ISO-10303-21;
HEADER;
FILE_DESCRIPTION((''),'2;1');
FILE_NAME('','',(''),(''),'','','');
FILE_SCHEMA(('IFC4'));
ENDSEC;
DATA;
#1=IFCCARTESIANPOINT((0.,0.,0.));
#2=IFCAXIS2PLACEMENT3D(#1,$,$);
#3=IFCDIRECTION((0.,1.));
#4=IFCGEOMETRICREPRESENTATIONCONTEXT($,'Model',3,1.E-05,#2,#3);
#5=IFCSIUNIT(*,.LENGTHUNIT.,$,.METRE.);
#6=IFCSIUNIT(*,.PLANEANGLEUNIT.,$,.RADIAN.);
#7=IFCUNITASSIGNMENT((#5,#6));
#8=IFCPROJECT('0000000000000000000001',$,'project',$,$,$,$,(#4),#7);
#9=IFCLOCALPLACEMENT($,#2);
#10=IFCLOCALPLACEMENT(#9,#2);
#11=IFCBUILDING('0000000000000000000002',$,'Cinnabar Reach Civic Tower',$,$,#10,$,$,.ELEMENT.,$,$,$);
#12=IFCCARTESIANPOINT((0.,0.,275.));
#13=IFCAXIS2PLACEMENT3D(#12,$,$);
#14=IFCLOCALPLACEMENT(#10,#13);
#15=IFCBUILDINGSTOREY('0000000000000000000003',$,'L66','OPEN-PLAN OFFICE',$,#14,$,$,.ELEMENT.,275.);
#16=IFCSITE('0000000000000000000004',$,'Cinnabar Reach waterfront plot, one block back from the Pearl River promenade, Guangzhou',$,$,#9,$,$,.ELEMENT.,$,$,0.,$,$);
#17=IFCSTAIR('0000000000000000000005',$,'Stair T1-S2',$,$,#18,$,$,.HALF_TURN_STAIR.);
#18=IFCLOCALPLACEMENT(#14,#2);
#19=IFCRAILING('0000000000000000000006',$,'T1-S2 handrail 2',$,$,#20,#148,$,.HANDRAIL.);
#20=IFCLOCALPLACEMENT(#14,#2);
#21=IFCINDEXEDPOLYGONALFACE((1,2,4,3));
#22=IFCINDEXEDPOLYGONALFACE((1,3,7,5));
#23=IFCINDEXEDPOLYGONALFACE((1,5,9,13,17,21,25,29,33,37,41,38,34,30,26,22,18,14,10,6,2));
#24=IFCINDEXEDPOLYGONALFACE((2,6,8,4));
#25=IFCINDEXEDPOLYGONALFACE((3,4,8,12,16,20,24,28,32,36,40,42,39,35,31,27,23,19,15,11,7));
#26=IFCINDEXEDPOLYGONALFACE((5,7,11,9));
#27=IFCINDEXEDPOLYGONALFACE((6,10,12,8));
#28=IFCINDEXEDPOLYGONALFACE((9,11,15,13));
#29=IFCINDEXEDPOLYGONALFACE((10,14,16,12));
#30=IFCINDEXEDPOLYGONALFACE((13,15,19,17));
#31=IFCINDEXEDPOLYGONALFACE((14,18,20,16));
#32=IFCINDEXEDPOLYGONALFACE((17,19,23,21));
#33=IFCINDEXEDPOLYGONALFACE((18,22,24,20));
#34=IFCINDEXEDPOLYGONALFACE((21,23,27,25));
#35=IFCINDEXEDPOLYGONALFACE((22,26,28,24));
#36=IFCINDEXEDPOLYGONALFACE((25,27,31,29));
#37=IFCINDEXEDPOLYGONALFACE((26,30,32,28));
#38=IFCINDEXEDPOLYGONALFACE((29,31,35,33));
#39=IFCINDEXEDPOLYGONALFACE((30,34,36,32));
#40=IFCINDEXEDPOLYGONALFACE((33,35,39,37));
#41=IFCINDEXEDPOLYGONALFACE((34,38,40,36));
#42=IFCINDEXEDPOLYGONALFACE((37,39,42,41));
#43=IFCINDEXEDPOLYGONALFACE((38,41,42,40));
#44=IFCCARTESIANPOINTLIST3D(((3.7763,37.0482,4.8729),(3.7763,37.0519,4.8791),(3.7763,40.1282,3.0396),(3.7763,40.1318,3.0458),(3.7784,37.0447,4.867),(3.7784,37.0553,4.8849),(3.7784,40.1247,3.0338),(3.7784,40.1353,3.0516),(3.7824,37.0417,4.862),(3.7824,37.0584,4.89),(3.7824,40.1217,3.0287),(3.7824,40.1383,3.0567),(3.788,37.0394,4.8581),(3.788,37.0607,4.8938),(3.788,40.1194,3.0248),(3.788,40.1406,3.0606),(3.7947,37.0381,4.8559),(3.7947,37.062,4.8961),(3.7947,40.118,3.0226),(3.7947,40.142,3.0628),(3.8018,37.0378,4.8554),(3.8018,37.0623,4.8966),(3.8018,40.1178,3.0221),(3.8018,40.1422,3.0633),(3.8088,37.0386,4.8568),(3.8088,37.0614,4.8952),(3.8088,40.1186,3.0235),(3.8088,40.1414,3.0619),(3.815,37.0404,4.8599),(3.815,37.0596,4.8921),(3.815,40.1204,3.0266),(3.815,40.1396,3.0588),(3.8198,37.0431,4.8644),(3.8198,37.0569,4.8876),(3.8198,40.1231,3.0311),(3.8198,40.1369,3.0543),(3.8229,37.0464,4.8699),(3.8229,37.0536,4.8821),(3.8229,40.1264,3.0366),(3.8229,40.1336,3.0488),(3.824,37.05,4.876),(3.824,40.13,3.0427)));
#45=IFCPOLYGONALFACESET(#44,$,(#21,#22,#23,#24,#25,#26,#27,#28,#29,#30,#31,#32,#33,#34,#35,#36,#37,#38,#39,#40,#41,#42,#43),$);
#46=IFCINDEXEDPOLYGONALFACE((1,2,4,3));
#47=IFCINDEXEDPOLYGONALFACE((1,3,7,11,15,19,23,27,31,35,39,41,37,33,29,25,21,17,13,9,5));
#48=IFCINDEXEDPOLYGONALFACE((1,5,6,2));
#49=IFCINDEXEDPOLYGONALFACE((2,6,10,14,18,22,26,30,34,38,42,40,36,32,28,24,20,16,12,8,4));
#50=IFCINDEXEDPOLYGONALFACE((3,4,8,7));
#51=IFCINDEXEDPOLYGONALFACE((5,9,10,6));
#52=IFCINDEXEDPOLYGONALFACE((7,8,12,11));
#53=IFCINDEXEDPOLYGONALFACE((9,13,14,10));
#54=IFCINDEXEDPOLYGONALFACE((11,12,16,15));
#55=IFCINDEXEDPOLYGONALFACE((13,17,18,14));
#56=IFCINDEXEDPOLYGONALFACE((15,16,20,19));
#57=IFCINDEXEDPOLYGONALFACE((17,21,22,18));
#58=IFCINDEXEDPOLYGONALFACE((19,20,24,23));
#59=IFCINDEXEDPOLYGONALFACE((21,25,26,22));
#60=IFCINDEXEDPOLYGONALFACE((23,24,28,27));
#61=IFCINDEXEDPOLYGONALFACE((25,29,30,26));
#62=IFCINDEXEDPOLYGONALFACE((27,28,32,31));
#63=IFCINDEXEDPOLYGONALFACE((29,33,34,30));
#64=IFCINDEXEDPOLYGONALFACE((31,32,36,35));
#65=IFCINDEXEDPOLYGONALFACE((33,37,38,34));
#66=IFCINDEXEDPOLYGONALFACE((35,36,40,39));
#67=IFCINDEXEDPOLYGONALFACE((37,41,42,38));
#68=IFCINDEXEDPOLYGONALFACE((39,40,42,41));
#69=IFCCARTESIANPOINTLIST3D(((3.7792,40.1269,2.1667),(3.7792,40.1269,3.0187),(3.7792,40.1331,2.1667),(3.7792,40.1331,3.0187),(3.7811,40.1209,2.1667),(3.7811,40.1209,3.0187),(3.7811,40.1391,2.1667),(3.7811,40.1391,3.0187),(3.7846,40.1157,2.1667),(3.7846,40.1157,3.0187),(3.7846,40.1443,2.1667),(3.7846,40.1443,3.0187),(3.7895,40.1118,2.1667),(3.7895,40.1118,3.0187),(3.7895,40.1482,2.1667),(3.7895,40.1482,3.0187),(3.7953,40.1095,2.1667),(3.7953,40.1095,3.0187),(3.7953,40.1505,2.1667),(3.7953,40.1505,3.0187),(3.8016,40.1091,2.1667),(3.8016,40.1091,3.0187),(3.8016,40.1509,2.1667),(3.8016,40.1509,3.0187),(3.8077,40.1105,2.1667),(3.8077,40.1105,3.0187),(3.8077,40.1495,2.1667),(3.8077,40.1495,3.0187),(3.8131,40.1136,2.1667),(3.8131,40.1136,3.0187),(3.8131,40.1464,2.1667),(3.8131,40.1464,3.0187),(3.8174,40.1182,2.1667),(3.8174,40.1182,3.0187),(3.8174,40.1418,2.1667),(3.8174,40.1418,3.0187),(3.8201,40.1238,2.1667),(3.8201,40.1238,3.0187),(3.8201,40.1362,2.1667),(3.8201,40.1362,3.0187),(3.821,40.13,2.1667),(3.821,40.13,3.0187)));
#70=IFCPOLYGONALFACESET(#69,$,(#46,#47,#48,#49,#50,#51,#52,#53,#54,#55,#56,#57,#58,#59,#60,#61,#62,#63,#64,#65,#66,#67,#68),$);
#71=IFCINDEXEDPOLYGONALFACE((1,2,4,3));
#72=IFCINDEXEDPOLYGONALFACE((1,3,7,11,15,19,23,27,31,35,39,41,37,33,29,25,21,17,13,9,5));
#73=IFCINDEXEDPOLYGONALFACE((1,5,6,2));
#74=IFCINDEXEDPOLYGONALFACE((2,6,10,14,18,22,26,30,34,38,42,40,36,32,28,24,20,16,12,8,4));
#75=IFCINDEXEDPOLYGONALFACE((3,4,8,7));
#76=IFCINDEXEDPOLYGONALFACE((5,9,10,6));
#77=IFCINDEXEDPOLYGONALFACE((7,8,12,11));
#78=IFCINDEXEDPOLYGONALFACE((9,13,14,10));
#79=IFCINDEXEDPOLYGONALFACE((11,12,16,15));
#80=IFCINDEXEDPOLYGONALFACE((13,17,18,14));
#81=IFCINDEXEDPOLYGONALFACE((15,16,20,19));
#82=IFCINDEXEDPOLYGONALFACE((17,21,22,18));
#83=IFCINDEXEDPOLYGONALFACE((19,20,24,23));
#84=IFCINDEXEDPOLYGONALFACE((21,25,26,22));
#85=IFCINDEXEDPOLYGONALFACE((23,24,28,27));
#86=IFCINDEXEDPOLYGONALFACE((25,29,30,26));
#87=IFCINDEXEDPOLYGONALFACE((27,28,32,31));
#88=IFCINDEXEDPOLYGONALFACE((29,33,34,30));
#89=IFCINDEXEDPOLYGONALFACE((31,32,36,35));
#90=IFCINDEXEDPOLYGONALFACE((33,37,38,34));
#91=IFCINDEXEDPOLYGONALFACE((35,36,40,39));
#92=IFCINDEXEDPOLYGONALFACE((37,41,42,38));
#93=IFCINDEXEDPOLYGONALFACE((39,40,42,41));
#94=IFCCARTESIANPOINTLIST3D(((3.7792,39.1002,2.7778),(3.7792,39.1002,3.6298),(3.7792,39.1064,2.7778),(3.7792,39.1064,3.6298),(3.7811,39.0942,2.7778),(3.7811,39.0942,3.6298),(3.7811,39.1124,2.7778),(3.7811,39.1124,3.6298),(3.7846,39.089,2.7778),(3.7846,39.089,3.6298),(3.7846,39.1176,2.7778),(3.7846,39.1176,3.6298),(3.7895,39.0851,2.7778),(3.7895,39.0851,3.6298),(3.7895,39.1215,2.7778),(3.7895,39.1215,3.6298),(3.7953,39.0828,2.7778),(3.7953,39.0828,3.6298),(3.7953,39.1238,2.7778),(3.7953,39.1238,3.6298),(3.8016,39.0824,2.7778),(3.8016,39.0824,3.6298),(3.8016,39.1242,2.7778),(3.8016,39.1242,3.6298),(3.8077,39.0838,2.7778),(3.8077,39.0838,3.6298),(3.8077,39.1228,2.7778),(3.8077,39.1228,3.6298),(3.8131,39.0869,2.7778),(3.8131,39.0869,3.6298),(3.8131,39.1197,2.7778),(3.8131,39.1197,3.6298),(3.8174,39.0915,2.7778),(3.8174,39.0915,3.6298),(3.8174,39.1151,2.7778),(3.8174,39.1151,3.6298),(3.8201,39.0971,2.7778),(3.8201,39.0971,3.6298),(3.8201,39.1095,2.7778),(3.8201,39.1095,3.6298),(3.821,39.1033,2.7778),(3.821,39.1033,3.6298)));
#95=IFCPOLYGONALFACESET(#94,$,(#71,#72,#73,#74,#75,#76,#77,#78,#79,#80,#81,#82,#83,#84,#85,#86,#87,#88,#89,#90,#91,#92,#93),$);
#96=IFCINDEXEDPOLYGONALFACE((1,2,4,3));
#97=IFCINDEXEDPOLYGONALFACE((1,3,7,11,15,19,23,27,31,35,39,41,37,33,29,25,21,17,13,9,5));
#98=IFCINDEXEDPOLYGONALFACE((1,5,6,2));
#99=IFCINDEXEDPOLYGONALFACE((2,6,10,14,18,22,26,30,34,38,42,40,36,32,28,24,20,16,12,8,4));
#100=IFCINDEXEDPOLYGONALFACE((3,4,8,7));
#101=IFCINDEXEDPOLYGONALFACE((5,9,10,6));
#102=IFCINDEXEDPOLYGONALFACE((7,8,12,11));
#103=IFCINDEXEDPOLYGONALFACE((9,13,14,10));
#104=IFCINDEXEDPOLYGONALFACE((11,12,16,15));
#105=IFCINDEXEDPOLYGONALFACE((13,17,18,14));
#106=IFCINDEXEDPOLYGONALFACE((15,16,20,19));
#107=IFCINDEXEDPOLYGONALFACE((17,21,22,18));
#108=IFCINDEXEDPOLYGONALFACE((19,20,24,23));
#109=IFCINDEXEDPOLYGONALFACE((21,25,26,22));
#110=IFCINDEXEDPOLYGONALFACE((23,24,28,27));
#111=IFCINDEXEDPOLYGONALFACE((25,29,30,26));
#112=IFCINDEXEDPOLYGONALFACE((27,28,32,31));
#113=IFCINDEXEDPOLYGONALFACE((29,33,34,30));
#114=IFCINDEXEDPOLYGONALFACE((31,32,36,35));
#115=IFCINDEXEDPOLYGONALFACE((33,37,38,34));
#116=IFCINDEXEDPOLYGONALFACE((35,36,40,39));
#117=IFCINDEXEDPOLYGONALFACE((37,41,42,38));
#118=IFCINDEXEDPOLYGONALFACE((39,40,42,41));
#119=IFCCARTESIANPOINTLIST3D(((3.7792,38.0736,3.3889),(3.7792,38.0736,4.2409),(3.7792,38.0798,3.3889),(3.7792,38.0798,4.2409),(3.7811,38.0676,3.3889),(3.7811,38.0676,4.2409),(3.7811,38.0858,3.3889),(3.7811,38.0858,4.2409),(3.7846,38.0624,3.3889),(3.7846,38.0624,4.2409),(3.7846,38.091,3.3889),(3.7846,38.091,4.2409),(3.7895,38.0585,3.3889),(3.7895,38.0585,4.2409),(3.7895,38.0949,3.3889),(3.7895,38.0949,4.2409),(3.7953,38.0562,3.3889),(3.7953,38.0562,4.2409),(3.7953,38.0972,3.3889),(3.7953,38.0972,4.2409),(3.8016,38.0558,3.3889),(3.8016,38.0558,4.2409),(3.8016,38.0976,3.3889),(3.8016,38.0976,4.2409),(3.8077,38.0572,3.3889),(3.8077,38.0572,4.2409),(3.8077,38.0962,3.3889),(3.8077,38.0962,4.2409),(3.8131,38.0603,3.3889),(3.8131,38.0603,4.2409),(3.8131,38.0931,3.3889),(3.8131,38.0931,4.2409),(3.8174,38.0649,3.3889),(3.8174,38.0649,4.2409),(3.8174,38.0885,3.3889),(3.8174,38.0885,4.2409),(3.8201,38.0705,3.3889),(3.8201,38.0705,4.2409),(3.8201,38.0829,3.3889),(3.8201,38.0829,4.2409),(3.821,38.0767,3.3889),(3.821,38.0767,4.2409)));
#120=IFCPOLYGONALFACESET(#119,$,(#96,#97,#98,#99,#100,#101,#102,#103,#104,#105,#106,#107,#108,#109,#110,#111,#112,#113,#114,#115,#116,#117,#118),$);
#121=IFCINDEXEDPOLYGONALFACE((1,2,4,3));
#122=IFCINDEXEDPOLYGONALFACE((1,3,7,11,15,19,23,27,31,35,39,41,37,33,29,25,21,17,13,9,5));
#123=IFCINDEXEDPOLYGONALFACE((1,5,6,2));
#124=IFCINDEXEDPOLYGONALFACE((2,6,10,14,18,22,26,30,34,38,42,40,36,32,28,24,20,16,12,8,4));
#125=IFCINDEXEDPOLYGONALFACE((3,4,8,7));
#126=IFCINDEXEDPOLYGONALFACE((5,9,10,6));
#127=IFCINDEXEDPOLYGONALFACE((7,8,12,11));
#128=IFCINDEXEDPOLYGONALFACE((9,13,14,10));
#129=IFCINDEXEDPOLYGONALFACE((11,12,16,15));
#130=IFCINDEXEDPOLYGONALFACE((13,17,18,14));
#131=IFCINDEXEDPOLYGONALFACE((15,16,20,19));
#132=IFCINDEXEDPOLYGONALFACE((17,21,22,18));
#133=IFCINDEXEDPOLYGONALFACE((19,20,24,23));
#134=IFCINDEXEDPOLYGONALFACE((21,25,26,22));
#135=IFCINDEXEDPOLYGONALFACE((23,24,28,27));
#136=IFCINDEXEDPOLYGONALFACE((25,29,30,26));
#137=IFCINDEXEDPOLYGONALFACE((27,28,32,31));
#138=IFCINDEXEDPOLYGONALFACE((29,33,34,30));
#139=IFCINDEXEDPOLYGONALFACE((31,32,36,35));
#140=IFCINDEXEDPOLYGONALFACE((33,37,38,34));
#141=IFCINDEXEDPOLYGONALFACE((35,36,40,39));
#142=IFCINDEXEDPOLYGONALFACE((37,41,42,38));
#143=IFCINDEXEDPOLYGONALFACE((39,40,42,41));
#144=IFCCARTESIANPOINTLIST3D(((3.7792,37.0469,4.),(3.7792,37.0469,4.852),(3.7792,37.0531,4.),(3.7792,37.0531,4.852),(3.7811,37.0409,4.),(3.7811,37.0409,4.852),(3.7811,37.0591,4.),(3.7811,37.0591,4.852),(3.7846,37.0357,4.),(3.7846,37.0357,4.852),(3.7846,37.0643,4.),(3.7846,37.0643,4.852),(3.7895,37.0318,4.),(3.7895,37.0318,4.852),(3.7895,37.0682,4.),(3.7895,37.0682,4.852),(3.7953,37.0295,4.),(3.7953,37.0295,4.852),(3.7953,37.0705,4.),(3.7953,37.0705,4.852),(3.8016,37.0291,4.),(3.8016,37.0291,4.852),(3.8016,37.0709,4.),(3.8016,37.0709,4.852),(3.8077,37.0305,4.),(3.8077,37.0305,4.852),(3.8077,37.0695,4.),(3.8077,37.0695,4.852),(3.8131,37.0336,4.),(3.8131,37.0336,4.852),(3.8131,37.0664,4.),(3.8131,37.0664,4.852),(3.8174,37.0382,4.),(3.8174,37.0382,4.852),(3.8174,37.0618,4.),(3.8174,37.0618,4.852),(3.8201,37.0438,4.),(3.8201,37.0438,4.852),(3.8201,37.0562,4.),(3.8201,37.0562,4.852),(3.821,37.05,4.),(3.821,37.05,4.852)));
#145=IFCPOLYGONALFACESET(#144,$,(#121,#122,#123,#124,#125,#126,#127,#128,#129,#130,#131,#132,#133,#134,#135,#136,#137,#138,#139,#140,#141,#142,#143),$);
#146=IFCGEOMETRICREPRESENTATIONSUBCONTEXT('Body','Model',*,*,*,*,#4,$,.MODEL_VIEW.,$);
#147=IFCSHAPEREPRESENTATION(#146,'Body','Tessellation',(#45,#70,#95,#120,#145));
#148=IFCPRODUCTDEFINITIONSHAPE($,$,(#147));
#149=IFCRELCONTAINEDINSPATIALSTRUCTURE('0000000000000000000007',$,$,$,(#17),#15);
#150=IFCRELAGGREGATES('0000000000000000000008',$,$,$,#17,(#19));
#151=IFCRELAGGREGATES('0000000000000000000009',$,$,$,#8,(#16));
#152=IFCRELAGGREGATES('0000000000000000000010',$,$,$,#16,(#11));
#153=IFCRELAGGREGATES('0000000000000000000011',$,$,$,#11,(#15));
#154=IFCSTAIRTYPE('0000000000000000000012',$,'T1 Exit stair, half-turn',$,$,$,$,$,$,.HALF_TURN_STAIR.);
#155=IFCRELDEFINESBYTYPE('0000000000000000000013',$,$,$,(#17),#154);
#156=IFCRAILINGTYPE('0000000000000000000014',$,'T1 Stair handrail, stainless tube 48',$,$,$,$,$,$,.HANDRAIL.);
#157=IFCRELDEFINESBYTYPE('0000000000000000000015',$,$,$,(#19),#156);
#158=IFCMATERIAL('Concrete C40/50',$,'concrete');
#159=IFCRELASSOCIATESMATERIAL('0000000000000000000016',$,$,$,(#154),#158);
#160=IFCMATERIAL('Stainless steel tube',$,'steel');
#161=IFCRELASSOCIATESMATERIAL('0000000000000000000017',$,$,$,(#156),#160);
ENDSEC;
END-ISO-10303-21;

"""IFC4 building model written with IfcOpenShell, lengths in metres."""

from ifc_helpers import new_model, si_unit, direction, frame, origin, origin_2d, place, context, subcontext, project, spatial, circle, extrude, material, type_object, element, aggregate, save


model = new_model("IFC4")

# Units and contexts
model_context = context("Model", 3, precision=1e-05, world=origin(), true_north=direction((0.0, 1.0)))
body_context = subcontext(model_context, "Body", "Model", "MODEL_VIEW")
ifc_project = project(units=[si_unit("LENGTHUNIT", "METRE"), si_unit("PLANEANGLEUNIT", "RADIAN")], contexts=[model_context])

# Site, building, storey
site_placement = place(None, origin())
site = spatial("IfcSite", under=ifc_project, at=site_placement, Name="Cinnabar Reach waterfront plot, one block back from the Pearl River promenade, Guangzhou", CompositionType="ELEMENT", RefElevation=0.0)
building_placement = place(site_placement, origin())
building = spatial("IfcBuilding", under=site, at=building_placement, Name="Cinnabar Reach Civic Tower", CompositionType="ELEMENT")
storey_placement = place(building_placement, frame((0.0, 0.0, 275.0)))
storey = spatial("IfcBuildingStorey", under=building, at=storey_placement, Name="L66", Description="OPEN-PLAN OFFICE", CompositionType="ELEMENT", Elevation=275.0)

# Shared definitions
ifc_material_1 = material(Name="Concrete C40/50", Category="concrete")

# Stair, railing
stair_type = type_object("IfcStairType", Name="T1 Exit stair, half-turn", PredefinedType="HALF_TURN_STAIR", material=ifc_material_1)
stair_placement = place(storey_placement, origin())
stair = element("IfcStair", 1, at=stair_placement, inside=storey, type_object=stair_type, Name="Stair T1-S2", PredefinedType="HALF_TURN_STAIR")
ifc_material_2 = material(Name="Stainless steel tube", Category="steel")
railing_type = type_object("IfcRailingType", Name="T1 Stair handrail, stainless tube 48", PredefinedType="HANDRAIL", material=ifc_material_2)
railing_1_placement = place(storey_placement, frame((3.8, 40.13, 2.1667)))
railing_1 = element("IfcRailing", 2, at=railing_1_placement, type_object=railing_type, Name="T1-S2 handrail 2", PredefinedType="HANDRAIL", context=body_context, shape_type="SweptSolid", body=[
    extrude(circle(Radius=0.024, at=origin_2d()), frame((0.0, 0.0, 0.876), z_axis=(0.0, -0.859297, 0.511477), x_axis=(1.0, 0.0, 0.0)), (0.0, 0.0, 1.0), 3.5843),
    extrude(circle(Radius=0.021, at=origin_2d()), origin(), (0.0, 0.0, 1.0), 0.852),
    extrude(circle(Radius=0.021, at=origin_2d()), frame((0.0, -1.0267, 0.6111)), (0.0, 0.0, 1.0), 0.852),
    extrude(circle(Radius=0.021, at=origin_2d()), frame((0.0, -2.0533, 1.2222)), (0.0, 0.0, 1.0), 0.852),
    extrude(circle(Radius=0.021, at=origin_2d()), frame((0.0, -3.08, 1.8333)), (0.0, 0.0, 1.0), 0.852),
])
aggregate(stair, [railing_1])

save(model, "model.ifc")
